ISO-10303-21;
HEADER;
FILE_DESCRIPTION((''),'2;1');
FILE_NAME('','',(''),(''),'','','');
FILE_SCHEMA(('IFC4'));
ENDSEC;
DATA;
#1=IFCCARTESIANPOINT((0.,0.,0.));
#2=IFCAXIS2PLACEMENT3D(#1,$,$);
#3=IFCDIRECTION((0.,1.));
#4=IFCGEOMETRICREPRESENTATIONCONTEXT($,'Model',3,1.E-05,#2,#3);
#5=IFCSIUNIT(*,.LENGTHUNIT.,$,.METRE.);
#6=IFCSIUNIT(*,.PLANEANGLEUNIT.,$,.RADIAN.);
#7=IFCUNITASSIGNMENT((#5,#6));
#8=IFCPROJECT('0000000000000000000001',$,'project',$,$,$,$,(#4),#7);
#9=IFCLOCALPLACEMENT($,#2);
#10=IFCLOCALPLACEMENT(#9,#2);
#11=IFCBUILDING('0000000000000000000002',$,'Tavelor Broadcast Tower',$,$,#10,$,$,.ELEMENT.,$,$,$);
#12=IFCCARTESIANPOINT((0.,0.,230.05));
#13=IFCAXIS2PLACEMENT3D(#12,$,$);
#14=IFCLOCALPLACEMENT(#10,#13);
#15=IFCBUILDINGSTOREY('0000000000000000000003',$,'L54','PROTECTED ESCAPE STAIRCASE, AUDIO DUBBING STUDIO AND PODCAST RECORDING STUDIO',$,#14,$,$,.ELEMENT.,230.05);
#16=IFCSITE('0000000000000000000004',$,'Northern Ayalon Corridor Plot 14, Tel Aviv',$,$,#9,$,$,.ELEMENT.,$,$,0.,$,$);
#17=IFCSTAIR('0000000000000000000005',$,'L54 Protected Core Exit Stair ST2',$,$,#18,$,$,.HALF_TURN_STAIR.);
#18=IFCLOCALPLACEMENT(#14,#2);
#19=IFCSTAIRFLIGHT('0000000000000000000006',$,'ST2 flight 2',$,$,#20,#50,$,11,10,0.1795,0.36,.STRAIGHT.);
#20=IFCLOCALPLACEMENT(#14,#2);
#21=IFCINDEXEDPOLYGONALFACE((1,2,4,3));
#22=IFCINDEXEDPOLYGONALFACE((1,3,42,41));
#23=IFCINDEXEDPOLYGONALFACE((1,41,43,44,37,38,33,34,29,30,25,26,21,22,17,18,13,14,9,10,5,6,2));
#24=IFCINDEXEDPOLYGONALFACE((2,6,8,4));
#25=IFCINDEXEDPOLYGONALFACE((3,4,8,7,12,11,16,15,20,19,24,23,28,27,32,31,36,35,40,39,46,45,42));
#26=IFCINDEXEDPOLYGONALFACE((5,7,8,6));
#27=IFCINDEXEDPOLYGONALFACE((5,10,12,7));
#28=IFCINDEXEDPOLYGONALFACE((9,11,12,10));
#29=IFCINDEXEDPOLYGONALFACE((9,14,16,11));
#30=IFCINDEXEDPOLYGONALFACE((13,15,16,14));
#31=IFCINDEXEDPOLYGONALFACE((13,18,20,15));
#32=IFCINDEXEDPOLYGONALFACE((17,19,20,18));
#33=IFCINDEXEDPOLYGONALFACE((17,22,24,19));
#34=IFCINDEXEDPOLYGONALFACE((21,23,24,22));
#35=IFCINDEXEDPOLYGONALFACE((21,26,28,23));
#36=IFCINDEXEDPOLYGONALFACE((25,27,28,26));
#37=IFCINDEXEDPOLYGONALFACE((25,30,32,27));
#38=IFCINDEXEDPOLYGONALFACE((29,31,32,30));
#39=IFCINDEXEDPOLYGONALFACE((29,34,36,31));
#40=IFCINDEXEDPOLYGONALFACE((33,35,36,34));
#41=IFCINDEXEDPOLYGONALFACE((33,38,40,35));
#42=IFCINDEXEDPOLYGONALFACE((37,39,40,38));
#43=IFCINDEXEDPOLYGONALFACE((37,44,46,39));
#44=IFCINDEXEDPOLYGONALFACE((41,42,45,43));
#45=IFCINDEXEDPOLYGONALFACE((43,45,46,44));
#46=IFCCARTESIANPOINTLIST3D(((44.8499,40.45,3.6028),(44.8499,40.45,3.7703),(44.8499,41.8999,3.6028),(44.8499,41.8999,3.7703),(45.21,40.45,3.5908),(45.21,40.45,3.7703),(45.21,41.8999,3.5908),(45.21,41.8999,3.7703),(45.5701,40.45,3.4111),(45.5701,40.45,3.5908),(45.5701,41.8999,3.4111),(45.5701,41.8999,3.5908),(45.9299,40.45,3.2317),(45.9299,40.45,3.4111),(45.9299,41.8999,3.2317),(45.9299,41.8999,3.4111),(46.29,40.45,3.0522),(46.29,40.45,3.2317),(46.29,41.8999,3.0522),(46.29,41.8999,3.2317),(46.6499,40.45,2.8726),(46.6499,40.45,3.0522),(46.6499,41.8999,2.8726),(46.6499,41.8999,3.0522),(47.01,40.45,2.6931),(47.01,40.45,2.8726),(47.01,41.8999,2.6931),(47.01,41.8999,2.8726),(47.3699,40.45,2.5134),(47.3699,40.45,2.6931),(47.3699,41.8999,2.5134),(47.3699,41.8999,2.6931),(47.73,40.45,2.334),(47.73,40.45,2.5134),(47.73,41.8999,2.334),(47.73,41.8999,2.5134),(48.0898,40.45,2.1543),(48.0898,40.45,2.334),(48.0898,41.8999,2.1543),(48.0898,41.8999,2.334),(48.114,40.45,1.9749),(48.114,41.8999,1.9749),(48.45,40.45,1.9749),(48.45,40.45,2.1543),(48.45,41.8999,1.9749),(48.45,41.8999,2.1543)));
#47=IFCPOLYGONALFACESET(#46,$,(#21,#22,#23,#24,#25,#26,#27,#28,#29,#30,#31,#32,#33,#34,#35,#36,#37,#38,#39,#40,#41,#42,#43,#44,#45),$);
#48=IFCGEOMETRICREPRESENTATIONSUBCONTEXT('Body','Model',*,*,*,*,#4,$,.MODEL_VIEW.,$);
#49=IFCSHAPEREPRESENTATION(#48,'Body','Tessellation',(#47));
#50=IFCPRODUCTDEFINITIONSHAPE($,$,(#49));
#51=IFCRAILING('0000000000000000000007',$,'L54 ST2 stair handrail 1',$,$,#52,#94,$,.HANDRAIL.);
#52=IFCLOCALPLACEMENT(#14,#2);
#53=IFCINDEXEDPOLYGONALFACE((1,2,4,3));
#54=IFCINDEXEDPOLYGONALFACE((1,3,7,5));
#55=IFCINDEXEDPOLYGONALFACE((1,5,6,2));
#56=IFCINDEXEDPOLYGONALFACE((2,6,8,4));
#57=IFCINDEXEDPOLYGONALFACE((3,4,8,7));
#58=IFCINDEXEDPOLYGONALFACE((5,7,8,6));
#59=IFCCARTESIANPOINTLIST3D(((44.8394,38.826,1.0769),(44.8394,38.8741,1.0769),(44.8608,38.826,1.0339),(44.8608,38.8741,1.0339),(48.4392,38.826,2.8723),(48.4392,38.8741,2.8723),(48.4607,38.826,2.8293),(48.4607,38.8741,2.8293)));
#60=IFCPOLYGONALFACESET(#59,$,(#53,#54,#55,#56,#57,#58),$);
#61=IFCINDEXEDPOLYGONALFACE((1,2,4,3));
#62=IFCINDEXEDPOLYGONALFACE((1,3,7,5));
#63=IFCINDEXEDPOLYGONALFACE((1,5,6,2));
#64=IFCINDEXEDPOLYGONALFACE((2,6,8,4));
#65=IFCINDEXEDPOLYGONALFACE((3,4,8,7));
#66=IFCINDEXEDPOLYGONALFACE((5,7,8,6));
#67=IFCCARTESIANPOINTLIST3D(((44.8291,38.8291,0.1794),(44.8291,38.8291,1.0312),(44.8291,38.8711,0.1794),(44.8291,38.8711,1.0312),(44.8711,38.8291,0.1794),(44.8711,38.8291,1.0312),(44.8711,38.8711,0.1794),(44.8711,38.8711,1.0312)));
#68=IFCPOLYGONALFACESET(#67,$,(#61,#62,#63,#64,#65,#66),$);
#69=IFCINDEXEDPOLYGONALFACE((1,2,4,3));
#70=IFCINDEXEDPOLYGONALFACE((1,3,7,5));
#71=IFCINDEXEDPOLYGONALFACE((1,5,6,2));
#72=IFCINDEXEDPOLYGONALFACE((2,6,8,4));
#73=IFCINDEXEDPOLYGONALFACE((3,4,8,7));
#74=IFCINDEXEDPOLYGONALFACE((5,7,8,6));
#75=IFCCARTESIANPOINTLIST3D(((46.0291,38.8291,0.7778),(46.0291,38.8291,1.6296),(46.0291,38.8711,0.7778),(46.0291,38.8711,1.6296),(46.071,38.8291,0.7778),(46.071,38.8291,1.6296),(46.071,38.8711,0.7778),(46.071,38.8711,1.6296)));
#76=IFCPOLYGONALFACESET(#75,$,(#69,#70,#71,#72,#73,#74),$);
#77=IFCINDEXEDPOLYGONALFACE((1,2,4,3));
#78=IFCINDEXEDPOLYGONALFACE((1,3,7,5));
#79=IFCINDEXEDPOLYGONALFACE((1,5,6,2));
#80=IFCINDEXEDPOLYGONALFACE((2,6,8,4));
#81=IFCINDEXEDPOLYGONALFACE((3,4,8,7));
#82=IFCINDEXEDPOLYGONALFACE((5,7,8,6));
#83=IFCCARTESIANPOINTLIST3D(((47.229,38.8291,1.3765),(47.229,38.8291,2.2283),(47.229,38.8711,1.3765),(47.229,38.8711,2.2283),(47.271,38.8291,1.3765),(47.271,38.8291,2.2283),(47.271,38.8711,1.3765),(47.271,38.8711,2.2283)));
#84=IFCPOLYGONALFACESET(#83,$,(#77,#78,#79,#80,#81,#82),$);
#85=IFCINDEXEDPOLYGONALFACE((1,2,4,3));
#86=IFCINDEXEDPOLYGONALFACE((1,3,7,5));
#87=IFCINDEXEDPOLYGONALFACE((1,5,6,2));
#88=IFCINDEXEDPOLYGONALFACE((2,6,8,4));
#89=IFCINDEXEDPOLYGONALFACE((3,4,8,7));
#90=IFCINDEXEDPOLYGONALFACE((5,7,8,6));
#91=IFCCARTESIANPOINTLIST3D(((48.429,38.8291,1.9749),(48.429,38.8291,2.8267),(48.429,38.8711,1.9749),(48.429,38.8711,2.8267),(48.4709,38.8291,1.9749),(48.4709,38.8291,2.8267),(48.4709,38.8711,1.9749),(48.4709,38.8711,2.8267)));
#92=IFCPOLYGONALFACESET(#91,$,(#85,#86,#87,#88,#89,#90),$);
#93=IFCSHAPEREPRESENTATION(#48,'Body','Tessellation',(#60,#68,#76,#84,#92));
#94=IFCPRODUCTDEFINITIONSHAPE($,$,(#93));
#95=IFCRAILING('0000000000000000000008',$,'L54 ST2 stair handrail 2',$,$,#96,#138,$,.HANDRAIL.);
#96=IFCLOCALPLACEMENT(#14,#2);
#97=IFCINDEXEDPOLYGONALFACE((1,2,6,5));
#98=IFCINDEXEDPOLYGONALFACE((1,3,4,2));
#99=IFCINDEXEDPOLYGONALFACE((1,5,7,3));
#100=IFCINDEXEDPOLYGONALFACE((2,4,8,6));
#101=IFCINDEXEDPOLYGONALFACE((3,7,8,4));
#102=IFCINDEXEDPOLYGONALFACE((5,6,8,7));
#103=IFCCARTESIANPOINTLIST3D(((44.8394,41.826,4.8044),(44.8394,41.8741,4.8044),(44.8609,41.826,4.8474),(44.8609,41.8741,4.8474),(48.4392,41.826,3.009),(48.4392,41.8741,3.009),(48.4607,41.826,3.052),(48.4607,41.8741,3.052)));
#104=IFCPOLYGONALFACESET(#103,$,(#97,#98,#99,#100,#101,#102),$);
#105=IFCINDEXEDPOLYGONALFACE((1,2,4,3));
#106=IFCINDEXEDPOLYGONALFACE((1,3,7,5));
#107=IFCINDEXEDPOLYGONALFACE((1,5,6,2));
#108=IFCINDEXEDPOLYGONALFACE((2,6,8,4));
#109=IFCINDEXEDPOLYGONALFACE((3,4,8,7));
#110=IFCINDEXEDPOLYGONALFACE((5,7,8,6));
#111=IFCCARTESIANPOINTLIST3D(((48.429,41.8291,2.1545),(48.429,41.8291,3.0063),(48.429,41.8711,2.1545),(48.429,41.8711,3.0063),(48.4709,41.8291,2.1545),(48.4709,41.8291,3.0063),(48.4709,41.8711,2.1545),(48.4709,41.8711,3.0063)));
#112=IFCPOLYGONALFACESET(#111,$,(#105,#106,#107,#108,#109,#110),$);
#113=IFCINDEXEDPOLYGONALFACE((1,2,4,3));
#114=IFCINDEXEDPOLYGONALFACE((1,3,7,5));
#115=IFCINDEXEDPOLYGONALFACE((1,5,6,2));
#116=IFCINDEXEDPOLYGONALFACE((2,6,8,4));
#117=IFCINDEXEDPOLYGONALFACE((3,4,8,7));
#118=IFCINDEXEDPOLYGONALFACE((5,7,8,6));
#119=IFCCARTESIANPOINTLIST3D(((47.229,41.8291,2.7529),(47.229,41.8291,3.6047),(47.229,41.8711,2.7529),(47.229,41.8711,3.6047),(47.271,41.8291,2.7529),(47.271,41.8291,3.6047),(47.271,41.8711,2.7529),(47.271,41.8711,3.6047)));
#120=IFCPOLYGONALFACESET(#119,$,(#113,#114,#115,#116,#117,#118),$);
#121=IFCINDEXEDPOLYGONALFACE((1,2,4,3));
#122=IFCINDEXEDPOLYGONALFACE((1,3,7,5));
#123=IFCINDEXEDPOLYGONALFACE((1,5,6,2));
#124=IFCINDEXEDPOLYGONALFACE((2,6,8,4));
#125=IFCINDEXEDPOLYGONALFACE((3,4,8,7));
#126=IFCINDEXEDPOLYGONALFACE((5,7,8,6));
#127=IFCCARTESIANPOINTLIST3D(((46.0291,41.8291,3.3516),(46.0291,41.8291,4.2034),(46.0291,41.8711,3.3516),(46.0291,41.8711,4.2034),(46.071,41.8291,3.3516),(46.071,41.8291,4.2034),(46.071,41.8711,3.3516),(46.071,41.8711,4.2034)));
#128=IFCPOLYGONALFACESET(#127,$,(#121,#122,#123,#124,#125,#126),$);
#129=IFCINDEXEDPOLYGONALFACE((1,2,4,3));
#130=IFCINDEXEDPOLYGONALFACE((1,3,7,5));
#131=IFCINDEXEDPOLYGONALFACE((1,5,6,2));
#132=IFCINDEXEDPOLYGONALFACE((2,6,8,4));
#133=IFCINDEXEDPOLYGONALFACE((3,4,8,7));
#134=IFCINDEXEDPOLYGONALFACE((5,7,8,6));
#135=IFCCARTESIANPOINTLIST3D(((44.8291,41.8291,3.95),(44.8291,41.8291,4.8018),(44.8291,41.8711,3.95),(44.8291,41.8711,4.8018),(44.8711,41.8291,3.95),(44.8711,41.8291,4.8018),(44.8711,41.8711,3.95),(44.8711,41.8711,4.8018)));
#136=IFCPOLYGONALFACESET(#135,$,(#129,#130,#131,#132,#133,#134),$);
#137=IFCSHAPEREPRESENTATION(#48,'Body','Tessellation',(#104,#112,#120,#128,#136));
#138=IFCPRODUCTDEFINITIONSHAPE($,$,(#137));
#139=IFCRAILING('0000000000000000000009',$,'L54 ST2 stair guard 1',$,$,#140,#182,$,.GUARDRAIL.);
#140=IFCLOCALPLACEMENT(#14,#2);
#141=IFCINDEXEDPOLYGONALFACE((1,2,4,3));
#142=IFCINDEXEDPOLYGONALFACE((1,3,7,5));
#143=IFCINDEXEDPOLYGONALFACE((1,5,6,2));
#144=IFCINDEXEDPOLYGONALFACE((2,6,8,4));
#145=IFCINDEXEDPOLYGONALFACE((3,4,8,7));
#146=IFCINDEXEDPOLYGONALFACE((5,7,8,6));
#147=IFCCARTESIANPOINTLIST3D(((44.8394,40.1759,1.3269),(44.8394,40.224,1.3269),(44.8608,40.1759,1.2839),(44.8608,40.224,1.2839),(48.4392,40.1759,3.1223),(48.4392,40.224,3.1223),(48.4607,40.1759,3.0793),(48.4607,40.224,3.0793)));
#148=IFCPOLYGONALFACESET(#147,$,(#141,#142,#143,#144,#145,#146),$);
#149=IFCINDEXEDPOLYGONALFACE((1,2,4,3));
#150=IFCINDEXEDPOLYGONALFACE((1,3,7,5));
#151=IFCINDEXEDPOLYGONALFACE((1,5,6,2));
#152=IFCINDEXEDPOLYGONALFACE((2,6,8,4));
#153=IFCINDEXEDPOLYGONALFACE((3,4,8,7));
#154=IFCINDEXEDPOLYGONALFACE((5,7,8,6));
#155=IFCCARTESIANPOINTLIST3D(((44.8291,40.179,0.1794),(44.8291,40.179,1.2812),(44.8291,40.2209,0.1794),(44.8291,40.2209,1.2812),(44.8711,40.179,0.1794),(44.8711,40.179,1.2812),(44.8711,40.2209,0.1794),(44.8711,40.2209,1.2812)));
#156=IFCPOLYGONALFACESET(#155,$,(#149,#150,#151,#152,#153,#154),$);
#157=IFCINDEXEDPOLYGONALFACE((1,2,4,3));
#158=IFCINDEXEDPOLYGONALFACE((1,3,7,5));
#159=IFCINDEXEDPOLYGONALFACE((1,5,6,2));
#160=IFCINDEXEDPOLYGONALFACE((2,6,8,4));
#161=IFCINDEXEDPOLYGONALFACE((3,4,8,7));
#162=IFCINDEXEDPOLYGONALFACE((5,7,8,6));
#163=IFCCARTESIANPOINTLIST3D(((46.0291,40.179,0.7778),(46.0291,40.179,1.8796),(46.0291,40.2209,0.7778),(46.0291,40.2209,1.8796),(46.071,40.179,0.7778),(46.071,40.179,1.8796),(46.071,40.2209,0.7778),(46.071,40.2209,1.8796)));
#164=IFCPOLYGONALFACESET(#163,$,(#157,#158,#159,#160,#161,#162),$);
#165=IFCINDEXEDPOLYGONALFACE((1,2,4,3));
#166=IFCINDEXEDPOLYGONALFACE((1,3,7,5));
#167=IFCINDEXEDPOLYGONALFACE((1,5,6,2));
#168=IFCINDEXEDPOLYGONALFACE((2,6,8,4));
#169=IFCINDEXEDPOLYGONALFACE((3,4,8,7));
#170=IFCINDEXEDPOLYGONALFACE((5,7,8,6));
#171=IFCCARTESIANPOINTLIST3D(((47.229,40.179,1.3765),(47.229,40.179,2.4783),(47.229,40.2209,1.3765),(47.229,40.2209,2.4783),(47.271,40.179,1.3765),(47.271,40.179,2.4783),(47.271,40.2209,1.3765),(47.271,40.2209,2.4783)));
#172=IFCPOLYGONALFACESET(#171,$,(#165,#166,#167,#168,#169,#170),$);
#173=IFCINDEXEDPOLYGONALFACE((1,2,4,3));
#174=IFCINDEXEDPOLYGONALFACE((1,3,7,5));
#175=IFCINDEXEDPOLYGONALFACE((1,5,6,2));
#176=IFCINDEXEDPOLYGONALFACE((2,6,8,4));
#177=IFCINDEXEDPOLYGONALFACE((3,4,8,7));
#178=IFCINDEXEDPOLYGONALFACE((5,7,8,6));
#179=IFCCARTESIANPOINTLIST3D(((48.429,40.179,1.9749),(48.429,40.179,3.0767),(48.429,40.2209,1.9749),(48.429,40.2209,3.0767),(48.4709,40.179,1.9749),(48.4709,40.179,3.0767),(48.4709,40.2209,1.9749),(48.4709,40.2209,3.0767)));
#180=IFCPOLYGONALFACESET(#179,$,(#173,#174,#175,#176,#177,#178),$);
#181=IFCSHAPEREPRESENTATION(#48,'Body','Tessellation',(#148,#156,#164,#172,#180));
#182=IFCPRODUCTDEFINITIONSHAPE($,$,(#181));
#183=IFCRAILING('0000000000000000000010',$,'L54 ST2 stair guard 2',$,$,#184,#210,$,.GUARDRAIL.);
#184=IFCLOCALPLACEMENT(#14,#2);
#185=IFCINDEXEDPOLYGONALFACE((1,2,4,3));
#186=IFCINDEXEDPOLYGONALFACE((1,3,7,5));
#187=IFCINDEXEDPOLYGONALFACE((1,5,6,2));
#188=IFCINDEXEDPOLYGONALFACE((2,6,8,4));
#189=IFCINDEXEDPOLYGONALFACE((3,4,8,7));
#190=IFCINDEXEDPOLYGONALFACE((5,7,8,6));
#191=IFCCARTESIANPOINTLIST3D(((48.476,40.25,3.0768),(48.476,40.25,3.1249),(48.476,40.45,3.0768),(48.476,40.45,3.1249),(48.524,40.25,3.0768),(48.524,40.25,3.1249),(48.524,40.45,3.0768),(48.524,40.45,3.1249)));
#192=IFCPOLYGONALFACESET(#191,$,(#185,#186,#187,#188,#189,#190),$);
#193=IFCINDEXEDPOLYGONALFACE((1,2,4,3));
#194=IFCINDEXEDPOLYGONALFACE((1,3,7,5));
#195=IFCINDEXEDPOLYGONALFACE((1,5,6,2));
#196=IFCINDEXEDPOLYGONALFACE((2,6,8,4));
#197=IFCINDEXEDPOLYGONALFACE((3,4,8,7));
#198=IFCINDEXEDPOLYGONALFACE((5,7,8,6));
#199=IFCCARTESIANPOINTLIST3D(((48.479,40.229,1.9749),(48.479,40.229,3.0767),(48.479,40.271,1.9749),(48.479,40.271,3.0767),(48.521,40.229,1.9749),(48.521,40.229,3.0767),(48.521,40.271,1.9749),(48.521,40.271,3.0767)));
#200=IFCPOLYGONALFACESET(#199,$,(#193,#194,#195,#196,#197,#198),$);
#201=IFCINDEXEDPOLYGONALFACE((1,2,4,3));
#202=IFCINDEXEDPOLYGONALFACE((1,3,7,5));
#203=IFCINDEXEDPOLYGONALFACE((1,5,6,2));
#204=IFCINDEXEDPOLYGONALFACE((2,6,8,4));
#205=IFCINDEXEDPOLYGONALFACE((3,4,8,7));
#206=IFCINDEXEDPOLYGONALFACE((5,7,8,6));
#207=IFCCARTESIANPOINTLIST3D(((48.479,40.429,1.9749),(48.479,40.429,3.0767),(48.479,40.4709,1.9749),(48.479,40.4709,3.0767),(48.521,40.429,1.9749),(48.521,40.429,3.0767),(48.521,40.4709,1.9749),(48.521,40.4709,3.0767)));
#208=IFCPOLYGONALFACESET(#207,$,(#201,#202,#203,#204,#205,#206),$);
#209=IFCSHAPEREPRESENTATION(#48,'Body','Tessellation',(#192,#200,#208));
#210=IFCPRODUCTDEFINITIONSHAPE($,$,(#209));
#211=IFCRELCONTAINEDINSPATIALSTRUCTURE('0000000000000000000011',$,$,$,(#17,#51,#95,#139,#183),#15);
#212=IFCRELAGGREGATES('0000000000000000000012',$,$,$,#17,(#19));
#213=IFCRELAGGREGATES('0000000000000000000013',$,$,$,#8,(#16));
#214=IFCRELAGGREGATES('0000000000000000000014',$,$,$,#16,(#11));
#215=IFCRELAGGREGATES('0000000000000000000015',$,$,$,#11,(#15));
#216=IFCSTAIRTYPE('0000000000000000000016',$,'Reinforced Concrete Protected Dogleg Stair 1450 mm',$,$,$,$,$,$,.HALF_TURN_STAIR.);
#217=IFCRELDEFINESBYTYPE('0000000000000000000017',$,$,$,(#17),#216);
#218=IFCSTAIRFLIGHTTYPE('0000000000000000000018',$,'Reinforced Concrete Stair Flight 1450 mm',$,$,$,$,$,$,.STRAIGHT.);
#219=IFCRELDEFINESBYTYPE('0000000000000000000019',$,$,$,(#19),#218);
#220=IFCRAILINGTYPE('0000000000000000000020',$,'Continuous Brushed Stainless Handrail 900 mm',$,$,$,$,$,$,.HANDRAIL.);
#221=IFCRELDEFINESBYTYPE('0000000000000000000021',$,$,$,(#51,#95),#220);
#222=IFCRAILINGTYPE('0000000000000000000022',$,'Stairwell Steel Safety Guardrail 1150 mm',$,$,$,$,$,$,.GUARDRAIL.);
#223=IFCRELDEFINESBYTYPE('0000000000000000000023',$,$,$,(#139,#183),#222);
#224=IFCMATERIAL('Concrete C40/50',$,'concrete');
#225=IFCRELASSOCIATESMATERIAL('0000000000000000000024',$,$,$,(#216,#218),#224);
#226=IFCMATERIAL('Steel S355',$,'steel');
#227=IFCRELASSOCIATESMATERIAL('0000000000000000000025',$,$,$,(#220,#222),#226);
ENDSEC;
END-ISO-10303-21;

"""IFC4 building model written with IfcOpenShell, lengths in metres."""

from ifc_helpers import new_model, si_unit, direction, frame, origin, origin_2d, place, context, subcontext, project, spatial, polyline, rectangle, outline, extrude, material, type_object, element, aggregate, save


model = new_model("IFC4")

# Units and contexts
model_context = context("Model", 3, precision=1e-05, world=origin(), true_north=direction((0.0, 1.0)))
body_context = subcontext(model_context, "Body", "Model", "MODEL_VIEW")
ifc_project = project(units=[si_unit("LENGTHUNIT", "METRE"), si_unit("PLANEANGLEUNIT", "RADIAN")], contexts=[model_context])

# Site, building, storey
site_placement = place(None, origin())
site = spatial("IfcSite", under=ifc_project, at=site_placement, Name="Northern Ayalon Corridor Plot 14, Tel Aviv", CompositionType="ELEMENT", RefElevation=0.0)
building_placement = place(site_placement, origin())
building = spatial("IfcBuilding", under=site, at=building_placement, Name="Tavelor Broadcast Tower", CompositionType="ELEMENT")
storey_placement = place(building_placement, frame((0.0, 0.0, 230.05)))
storey = spatial("IfcBuildingStorey", under=building, at=storey_placement, Name="L54", Description="PROTECTED ESCAPE STAIRCASE, AUDIO DUBBING STUDIO AND PODCAST RECORDING STUDIO", CompositionType="ELEMENT", Elevation=230.05)

# Shared definitions
ifc_material_1 = material(Name="Concrete C40/50", Category="concrete")
ifc_material_2 = material(Name="Steel S355", Category="steel")

# Stair, stair flight
stair_type = type_object("IfcStairType", Name="Reinforced Concrete Protected Dogleg Stair 1450 mm", PredefinedType="HALF_TURN_STAIR", material=ifc_material_1)
stair_placement = place(storey_placement, origin())
stair = element("IfcStair", 1, at=stair_placement, inside=storey, type_object=stair_type, Name="L54 Protected Core Exit Stair ST2", PredefinedType="HALF_TURN_STAIR")
stair_flight_type = type_object("IfcStairFlightType", Name="Reinforced Concrete Stair Flight 1450 mm", PredefinedType="STRAIGHT", material=ifc_material_1)
stair_flight_1_placement = place(storey_placement, frame((48.45, 41.175, 1.9749), z_axis=(0.0, 0.0, 1.0), x_axis=(-1.0, 0.0, 0.0)))
stair_flight_1 = element("IfcStairFlight", 2, at=stair_flight_1_placement, type_object=stair_flight_type, Name="ST2 flight 2", NumberOfRisers=11, NumberOfTreads=10, PredefinedType="STRAIGHT", RiserHeight=0.1795, TreadLength=0.36, context=body_context, shape_type="SweptSolid", body=[
    extrude(outline(polyline([(0.0, 0.0), (0.0, 0.1794), (0.3601, 0.1794), (0.3601, 0.3591), (0.72, 0.3591), (0.72, 0.5386), (1.0801, 0.5386), (1.0801, 0.7183), (1.4399, 0.7183), (1.4399, 0.8977), (1.8, 0.8977), (1.8, 1.0774), (2.1599, 1.0774), (2.1599, 1.2568), (2.52, 1.2568), (2.52, 1.4363), (2.8799, 1.4363), (2.8799, 1.616), (3.24, 1.616), (3.24, 1.7954), (3.6001, 1.7954), (3.6001, 1.9751), (3.6001, 1.6279), (0.3359, 0.0), (0.0, 0.0)])), frame((0.0, 0.7251, 0.0), z_axis=(0.0, -1.0, 0.0), x_axis=(1.0, 0.0, 0.0)), (0.0, 0.0, 1.0), 1.45),
])
aggregate(stair, [stair_flight_1])

# Railings
railing_type_1 = type_object("IfcRailingType", Name="Continuous Brushed Stainless Handrail 900 mm", PredefinedType="HANDRAIL", material=ifc_material_2)
railing_1_placement = place(storey_placement, frame((44.8501, 38.8501, 0.1794)))
element("IfcRailing", 3, at=railing_1_placement, inside=storey, type_object=railing_type_1, Name="L54 ST2 stair handrail 1", PredefinedType="HANDRAIL", context=body_context, shape_type="SweptSolid", body=[
    extrude(rectangle(XDim=0.0481, YDim=0.0481, at=origin_2d()), frame((0.0, 0.0, 0.876), z_axis=(0.894876, 0.0, 0.446315), x_axis=(0.0, 1.0, 0.0)), (0.0, 0.0, 1.0), 4.0227),
    extrude(rectangle(XDim=0.042, YDim=0.042, at=origin_2d()), origin(), (0.0, 0.0, 1.0), 0.8518),
    extrude(rectangle(XDim=0.042, YDim=0.042, at=origin_2d()), frame((1.2, 0.0, 0.5984)), (0.0, 0.0, 1.0), 0.8518),
    extrude(rectangle(XDim=0.042, YDim=0.042, at=origin_2d()), frame((2.3999, 0.0, 1.197)), (0.0, 0.0, 1.0), 0.8518),
    extrude(rectangle(XDim=0.042, YDim=0.042, at=origin_2d()), frame((3.5999, 0.0, 1.7954)), (0.0, 0.0, 1.0), 0.8518),
])
railing_2_placement = place(storey_placement, frame((48.45, 41.8501, 2.1545)))
element("IfcRailing", 4, at=railing_2_placement, inside=storey, type_object=railing_type_1, Name="L54 ST2 stair handrail 2", PredefinedType="HANDRAIL", context=body_context, shape_type="SweptSolid", body=[
    extrude(rectangle(XDim=0.0481, YDim=0.0481, at=origin_2d()), frame((0.0, 0.0, 0.876), z_axis=(-0.894876, 0.0, 0.446315), x_axis=(0.0, -1.0, 0.0)), (0.0, 0.0, 1.0), 4.0227),
    extrude(rectangle(XDim=0.042, YDim=0.042, at=origin_2d()), origin(), (0.0, 0.0, 1.0), 0.8518),
    extrude(rectangle(XDim=0.042, YDim=0.042, at=origin_2d()), frame((-1.2, 0.0, 0.5984)), (0.0, 0.0, 1.0), 0.8518),
    extrude(rectangle(XDim=0.042, YDim=0.042, at=origin_2d()), frame((-2.3999, 0.0, 1.197)), (0.0, 0.0, 1.0), 0.8518),
    extrude(rectangle(XDim=0.042, YDim=0.042, at=origin_2d()), frame((-3.5999, 0.0, 1.7954)), (0.0, 0.0, 1.0), 0.8518),
])
railing_type_2 = type_object("IfcRailingType", Name="Stairwell Steel Safety Guardrail 1150 mm", PredefinedType="GUARDRAIL", material=ifc_material_2)
railing_3_placement = place(storey_placement, frame((44.8501, 40.2, 0.1794)))
element("IfcRailing", 5, at=railing_3_placement, inside=storey, type_object=railing_type_2, Name="L54 ST2 stair guard 1", PredefinedType="GUARDRAIL", context=body_context, shape_type="SweptSolid", body=[
    extrude(rectangle(XDim=0.0481, YDim=0.0481, at=origin_2d()), frame((0.0, 0.0, 1.126), z_axis=(0.894876, 0.0, 0.446315), x_axis=(0.0, 1.0, 0.0)), (0.0, 0.0, 1.0), 4.0227),
    extrude(rectangle(XDim=0.042, YDim=0.042, at=origin_2d()), origin(), (0.0, 0.0, 1.0), 1.1018),
    extrude(rectangle(XDim=0.042, YDim=0.042, at=origin_2d()), frame((1.2, 0.0, 0.5984)), (0.0, 0.0, 1.0), 1.1018),
    extrude(rectangle(XDim=0.042, YDim=0.042, at=origin_2d()), frame((2.3999, 0.0, 1.197)), (0.0, 0.0, 1.0), 1.1018),
    extrude(rectangle(XDim=0.042, YDim=0.042, at=origin_2d()), frame((3.5999, 0.0, 1.7954)), (0.0, 0.0, 1.0), 1.1018),
])
railing_4_placement = place(storey_placement, frame((48.5, 40.25, 1.9749)))
element("IfcRailing", 6, at=railing_4_placement, inside=storey, type_object=railing_type_2, Name="L54 ST2 stair guard 2", PredefinedType="GUARDRAIL", context=body_context, shape_type="SweptSolid", body=[
    extrude(rectangle(XDim=0.0481, YDim=0.0481, at=origin_2d()), frame((0.0, 0.0, 1.126), z_axis=(0.0, 1.0, 0.0), x_axis=(-1.0, 0.0, 0.0)), (0.0, 0.0, 1.0), 0.2),
    extrude(rectangle(XDim=0.042, YDim=0.042, at=origin_2d()), origin(), (0.0, 0.0, 1.0), 1.1018),
    extrude(rectangle(XDim=0.042, YDim=0.042, at=origin_2d()), frame((0.0, 0.2, 0.0)), (0.0, 0.0, 1.0), 1.1018),
])

save(model, "model.ifc")
